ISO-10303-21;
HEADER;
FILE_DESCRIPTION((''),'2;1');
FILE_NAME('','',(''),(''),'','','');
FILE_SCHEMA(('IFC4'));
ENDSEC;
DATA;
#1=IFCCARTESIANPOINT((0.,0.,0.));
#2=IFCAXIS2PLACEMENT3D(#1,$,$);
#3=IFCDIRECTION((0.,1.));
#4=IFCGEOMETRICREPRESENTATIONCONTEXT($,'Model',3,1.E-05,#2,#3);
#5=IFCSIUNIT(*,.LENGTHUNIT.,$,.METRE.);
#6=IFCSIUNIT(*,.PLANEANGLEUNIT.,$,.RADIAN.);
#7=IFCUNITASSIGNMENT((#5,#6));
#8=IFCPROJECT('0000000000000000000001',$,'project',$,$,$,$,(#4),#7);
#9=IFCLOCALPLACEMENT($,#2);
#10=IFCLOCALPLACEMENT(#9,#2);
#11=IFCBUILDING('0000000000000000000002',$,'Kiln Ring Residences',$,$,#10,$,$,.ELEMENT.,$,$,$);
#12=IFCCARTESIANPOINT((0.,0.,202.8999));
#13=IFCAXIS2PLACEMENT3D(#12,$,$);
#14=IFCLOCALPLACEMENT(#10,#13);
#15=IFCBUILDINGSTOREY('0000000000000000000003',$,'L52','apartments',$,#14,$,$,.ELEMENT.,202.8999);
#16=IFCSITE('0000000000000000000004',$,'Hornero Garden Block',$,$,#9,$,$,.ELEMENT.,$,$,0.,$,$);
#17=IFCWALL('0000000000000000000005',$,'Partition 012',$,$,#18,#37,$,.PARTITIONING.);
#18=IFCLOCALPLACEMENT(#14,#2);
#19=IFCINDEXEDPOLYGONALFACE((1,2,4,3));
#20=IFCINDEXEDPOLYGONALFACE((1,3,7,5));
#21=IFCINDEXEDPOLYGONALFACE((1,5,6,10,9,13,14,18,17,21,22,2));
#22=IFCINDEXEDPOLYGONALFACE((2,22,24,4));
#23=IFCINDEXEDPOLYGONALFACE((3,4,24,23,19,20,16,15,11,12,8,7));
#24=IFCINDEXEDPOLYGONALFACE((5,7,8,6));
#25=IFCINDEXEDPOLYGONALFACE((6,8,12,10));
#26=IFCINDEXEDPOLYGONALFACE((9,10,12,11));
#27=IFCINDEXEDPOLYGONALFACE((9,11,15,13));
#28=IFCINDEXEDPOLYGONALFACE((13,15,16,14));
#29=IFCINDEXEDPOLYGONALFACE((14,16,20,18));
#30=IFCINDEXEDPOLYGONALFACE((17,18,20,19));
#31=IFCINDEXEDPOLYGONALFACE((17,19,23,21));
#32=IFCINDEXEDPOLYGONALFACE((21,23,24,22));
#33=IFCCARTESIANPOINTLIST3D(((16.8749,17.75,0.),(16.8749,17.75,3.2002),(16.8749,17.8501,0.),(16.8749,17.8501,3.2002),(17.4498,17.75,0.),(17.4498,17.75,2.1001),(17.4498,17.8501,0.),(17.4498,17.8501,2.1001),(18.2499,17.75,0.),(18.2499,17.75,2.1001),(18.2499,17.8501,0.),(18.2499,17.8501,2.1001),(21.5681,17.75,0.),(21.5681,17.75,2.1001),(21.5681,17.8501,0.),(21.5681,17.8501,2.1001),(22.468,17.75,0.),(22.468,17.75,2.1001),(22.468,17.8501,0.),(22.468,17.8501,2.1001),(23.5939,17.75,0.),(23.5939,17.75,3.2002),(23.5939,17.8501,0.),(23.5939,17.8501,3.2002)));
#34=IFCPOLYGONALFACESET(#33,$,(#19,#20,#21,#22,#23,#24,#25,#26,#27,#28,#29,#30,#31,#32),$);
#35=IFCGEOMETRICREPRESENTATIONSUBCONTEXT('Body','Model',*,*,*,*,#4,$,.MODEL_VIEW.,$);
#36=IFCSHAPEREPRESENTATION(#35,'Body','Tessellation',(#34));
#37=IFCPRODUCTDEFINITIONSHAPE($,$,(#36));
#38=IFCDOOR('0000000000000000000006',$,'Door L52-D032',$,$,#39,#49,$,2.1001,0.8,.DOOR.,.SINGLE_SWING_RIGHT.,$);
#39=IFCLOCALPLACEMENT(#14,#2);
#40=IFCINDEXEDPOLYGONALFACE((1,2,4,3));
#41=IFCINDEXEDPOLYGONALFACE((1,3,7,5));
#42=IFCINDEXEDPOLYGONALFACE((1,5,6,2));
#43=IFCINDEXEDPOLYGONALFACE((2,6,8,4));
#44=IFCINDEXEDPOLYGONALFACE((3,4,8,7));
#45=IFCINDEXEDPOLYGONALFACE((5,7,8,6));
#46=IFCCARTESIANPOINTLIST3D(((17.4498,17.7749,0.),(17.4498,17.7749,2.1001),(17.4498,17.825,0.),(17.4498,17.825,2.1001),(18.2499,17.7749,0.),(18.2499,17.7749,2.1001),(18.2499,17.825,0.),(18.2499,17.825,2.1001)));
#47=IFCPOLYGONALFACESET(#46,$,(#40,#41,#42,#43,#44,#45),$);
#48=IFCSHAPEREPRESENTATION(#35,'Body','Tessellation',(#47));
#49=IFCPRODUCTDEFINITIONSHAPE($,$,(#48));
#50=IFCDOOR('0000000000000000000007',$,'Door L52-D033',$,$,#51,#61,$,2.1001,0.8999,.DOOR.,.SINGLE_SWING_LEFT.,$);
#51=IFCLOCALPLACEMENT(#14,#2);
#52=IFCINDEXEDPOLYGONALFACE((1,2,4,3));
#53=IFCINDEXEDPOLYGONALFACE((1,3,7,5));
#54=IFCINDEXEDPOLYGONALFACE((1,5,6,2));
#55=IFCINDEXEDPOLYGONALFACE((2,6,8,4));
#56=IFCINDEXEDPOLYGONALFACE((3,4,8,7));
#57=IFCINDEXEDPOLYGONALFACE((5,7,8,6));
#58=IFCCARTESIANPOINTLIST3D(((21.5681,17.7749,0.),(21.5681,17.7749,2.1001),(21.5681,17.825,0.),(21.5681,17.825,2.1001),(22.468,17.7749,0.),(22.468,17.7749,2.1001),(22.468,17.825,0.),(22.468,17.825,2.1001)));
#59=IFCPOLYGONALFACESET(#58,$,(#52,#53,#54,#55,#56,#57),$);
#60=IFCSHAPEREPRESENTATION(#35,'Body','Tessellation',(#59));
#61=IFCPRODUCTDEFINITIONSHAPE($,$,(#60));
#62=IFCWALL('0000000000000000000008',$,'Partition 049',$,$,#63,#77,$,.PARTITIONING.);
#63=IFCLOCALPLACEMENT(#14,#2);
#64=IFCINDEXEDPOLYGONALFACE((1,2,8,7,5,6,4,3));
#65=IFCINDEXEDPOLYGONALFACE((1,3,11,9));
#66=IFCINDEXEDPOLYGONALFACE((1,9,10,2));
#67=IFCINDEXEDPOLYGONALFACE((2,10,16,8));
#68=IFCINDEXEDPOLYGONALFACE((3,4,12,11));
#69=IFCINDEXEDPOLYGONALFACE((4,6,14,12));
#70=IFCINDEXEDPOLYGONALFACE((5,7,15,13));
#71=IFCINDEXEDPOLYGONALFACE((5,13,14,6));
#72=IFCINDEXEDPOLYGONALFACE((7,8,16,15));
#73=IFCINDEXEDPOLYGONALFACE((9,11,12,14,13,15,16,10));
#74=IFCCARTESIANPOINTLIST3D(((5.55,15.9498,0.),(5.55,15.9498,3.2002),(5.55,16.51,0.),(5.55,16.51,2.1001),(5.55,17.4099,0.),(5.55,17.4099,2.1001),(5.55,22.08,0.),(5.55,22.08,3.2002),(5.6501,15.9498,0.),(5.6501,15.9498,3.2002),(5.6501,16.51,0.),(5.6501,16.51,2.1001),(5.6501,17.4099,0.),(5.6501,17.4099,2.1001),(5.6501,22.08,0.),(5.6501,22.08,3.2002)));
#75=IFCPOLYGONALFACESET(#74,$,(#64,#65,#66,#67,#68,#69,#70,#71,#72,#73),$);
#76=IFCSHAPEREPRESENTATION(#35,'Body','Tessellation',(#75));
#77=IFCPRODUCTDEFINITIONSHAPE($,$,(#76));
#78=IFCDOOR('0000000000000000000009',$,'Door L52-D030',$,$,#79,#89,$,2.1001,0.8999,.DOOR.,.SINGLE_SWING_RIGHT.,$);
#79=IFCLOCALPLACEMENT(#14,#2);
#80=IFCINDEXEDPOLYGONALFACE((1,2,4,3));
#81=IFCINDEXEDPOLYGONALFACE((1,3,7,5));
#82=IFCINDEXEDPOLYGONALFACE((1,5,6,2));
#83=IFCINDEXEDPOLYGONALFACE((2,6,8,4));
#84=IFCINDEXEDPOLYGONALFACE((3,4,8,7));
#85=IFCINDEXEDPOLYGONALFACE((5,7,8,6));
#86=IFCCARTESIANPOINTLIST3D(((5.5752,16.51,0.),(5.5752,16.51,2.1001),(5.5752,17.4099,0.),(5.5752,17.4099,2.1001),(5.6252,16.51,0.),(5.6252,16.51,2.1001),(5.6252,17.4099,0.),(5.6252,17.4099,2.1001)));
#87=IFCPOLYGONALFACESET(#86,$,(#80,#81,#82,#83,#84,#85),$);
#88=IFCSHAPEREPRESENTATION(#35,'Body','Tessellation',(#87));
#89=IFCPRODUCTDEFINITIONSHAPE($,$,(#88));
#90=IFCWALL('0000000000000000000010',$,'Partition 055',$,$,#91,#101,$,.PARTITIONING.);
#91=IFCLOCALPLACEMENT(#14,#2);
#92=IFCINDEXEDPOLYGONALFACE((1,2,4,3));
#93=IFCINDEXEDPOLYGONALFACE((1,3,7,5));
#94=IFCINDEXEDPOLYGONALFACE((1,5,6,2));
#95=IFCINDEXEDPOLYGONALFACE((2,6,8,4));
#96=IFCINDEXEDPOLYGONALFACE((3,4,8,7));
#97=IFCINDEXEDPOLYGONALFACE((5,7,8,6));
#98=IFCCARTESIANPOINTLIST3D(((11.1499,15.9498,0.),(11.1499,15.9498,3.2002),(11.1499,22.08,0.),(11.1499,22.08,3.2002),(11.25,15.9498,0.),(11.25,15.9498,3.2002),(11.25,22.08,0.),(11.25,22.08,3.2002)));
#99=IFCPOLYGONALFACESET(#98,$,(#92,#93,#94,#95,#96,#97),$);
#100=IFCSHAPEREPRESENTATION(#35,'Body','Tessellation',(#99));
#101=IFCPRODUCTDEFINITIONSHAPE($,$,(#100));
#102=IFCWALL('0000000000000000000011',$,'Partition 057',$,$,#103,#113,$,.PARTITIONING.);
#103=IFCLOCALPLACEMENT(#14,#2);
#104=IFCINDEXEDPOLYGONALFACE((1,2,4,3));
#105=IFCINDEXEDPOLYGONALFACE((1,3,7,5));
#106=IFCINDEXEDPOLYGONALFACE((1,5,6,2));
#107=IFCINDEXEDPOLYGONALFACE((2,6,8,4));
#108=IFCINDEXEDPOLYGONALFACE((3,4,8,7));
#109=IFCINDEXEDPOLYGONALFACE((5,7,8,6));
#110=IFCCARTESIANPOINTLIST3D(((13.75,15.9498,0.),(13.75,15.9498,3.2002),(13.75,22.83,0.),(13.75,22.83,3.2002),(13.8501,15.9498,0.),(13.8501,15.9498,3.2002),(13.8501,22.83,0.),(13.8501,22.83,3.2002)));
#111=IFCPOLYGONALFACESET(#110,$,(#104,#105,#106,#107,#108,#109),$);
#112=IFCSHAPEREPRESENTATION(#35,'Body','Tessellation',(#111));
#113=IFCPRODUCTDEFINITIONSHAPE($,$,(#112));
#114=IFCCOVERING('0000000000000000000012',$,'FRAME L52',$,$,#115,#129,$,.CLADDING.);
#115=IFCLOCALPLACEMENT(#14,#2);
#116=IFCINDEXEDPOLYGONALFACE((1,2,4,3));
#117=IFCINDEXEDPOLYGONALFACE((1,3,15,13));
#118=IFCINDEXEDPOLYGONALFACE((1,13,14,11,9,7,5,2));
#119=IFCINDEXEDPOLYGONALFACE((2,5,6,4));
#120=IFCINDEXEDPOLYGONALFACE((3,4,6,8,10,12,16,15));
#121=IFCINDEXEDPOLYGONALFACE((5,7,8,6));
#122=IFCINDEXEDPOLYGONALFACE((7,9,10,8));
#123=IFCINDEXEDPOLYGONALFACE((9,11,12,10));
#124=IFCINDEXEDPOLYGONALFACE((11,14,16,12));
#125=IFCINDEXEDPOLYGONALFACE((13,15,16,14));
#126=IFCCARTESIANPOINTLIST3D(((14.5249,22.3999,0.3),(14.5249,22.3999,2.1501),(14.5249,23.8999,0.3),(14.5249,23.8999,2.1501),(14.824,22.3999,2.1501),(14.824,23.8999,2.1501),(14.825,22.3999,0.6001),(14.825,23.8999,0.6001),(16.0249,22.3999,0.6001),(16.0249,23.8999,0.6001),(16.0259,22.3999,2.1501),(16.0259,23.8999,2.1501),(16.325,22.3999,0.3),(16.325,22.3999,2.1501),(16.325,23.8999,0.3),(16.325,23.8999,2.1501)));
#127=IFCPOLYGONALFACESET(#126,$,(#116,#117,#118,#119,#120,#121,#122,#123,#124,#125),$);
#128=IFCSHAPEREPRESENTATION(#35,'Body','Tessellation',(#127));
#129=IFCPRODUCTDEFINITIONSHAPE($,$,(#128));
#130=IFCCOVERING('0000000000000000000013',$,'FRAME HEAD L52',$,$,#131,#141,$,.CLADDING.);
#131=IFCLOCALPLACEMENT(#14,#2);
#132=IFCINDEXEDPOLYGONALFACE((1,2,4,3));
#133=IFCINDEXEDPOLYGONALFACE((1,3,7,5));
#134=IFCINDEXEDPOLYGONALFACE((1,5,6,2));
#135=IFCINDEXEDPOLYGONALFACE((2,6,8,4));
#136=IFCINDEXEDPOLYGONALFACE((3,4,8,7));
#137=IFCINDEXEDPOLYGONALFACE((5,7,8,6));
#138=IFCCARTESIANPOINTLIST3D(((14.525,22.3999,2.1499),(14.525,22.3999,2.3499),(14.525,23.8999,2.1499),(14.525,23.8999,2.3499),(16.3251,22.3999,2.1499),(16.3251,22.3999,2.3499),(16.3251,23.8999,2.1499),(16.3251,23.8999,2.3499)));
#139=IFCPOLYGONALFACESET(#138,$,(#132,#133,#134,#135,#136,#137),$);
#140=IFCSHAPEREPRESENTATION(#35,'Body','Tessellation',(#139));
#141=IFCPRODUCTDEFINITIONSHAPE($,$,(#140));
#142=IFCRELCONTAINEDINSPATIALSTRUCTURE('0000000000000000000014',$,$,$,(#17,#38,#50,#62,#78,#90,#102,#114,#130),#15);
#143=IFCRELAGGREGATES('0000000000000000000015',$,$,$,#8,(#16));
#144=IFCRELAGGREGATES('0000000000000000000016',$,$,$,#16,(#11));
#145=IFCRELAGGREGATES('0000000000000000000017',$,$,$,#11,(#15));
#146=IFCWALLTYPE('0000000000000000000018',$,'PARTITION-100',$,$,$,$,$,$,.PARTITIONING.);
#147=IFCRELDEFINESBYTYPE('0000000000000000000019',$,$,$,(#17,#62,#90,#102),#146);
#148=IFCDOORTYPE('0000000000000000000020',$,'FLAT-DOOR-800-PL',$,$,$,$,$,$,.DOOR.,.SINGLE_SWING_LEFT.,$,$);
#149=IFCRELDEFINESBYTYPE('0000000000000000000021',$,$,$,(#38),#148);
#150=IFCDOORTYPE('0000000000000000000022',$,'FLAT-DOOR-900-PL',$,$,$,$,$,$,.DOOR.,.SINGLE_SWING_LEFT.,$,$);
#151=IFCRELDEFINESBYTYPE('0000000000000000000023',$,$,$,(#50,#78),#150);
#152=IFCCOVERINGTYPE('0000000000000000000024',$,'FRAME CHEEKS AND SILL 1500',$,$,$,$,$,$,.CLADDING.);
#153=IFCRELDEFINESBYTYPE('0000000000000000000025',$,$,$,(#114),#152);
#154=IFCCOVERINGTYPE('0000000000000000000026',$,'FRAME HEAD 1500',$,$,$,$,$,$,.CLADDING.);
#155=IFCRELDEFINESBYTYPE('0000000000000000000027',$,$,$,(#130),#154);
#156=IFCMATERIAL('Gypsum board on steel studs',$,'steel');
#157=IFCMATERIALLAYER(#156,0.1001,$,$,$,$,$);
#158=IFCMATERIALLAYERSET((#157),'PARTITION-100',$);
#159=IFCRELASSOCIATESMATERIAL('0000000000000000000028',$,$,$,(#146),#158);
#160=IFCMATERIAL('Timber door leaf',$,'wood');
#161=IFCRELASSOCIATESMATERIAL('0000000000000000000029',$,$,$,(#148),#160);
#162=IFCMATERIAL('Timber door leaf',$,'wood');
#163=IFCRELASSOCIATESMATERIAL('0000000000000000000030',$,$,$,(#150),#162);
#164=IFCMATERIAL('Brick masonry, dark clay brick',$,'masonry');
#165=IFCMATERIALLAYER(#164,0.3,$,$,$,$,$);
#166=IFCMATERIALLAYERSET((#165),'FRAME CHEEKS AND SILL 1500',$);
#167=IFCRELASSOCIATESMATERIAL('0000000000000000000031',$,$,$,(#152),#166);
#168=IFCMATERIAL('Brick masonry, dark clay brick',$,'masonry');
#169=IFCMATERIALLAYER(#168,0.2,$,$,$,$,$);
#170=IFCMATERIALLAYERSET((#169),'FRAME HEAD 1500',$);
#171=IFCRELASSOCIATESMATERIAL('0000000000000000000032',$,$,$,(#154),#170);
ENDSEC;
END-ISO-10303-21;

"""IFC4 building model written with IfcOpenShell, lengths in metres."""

from ifc_helpers import new_model, si_unit, direction, frame, frame_2d, origin, origin_2d, place, context, subcontext, project, spatial, polyline, rectangle, outline, extrude, material, layer, layer_set, type_object, element, fill, save


model = new_model("IFC4")

# Units and contexts
model_context = context("Model", 3, precision=1e-05, world=origin(), true_north=direction((0.0, 1.0)))
body_context = subcontext(model_context, "Body", "Model", "MODEL_VIEW")
ifc_project = project(units=[si_unit("LENGTHUNIT", "METRE"), si_unit("PLANEANGLEUNIT", "RADIAN")], contexts=[model_context])

# Site, building, storey
site_placement = place(None, origin())
site = spatial("IfcSite", under=ifc_project, at=site_placement, Name="Hornero Garden Block", CompositionType="ELEMENT", RefElevation=0.0)
building_placement = place(site_placement, origin())
building = spatial("IfcBuilding", under=site, at=building_placement, Name="Kiln Ring Residences", CompositionType="ELEMENT")
storey_placement = place(building_placement, frame((0.0, 0.0, 202.8999)))
storey = spatial("IfcBuildingStorey", under=building, at=storey_placement, Name="L52", Description="apartments", CompositionType="ELEMENT", Elevation=202.8999)

# Wall, openings, doors
ifc_material_1 = material(Name="Gypsum board on steel studs", Category="steel")
ifc_layer_1 = layer(ifc_material_1, 0.1001)
ifc_layer_set_1 = layer_set([ifc_layer_1], Name="PARTITION-100")
wall_type_1 = type_object("IfcWallType", Name="PARTITION-100", PredefinedType="PARTITIONING", material=ifc_layer_set_1)
wall_1_placement = place(storey_placement, frame((16.875, 17.8, 0.0), z_axis=(0.0, 0.0, 1.0), x_axis=(1.0, 0.0, 0.0)))
wall_1 = element("IfcWall", 1, at=wall_1_placement, inside=storey, type_object=wall_type_1, Name="Partition 012", PredefinedType="PARTITIONING", context=body_context, shape_type="SweptSolid", body=[
    extrude(rectangle(XDim=6.719, YDim=0.1001, at=frame_2d((3.3594, 0.0))), origin(), (0.0, 0.0, 1.0), 3.2002),
])
opening_1_placement = place(wall_1_placement, frame((0.575, 0.0, 0.0)))
opening_1 = element("IfcOpeningElement", 2, at=opening_1_placement, cuts=wall_1, PredefinedType="OPENING", context=body_context, shape_type="SweptSolid", body=[
    extrude(rectangle(XDim=0.8, YDim=2.1001, at=frame_2d((0.3999, 1.05))), frame((0.0, 0.0601, 0.0), z_axis=(0.0, -1.0, 0.0), x_axis=(1.0, 0.0, 0.0)), (0.0, 0.0, 1.0), 0.1201),
])
opening_2_placement = place(wall_1_placement, frame((4.6931, 0.0, 0.0)))
opening_2 = element("IfcOpeningElement", 3, at=opening_2_placement, cuts=wall_1, PredefinedType="OPENING", context=body_context, shape_type="SweptSolid", body=[
    extrude(rectangle(XDim=0.8999, YDim=2.1001, at=frame_2d((0.45, 1.05))), frame((0.0, 0.0601, 0.0), z_axis=(0.0, -1.0, 0.0), x_axis=(1.0, 0.0, 0.0)), (0.0, 0.0, 1.0), 0.1201),
])
ifc_material_2 = material(Name="Timber door leaf", Category="wood")
door_type_1 = type_object("IfcDoorType", Name="FLAT-DOOR-800-PL", OperationType="SINGLE_SWING_LEFT", PredefinedType="DOOR", material=ifc_material_2)
door_1_placement = place(opening_1_placement, origin())
door_1 = element("IfcDoor", 4, at=door_1_placement, inside=storey, type_object=door_type_1, Name="Door L52-D032", OperationType="SINGLE_SWING_RIGHT", OverallHeight=2.1001, OverallWidth=0.8, PredefinedType="DOOR", context=body_context, shape_type="SweptSolid", body=[
    extrude(rectangle(XDim=0.8, YDim=2.1001, at=frame_2d((0.3999, 1.05))), frame((0.0, 0.0249, 0.0), z_axis=(0.0, -1.0, 0.0), x_axis=(1.0, 0.0, 0.0)), (0.0, 0.0, 1.0), 0.05),
])
fill(opening_1, door_1)
ifc_material_3 = material(Name="Timber door leaf", Category="wood")
door_type_2 = type_object("IfcDoorType", Name="FLAT-DOOR-900-PL", OperationType="SINGLE_SWING_LEFT", PredefinedType="DOOR", material=ifc_material_3)
door_2_placement = place(opening_2_placement, origin())
door_2 = element("IfcDoor", 5, at=door_2_placement, inside=storey, type_object=door_type_2, Name="Door L52-D033", OperationType="SINGLE_SWING_LEFT", OverallHeight=2.1001, OverallWidth=0.8999, PredefinedType="DOOR", context=body_context, shape_type="SweptSolid", body=[
    extrude(rectangle(XDim=0.8999, YDim=2.1001, at=frame_2d((0.45, 1.05))), frame((0.0, 0.0249, 0.0), z_axis=(0.0, -1.0, 0.0), x_axis=(1.0, 0.0, 0.0)), (0.0, 0.0, 1.0), 0.05),
])
fill(opening_2, door_2)

# Wall, opening, door
wall_2_placement = place(storey_placement, frame((5.6001, 15.95, 0.0), z_axis=(0.0, 0.0, 1.0), x_axis=(0.0, 1.0, 0.0)))
wall_2 = element("IfcWall", 6, at=wall_2_placement, inside=storey, type_object=wall_type_1, Name="Partition 049", PredefinedType="PARTITIONING", context=body_context, shape_type="SweptSolid", body=[
    extrude(rectangle(XDim=6.1301, YDim=0.1001, at=frame_2d((3.0649, 0.0))), origin(), (0.0, 0.0, 1.0), 3.2002),
])
opening_3_placement = place(wall_2_placement, frame((0.5601, 0.0, 0.0)))
opening_3 = element("IfcOpeningElement", 7, at=opening_3_placement, cuts=wall_2, PredefinedType="OPENING", context=body_context, shape_type="SweptSolid", body=[
    extrude(rectangle(XDim=0.8999, YDim=2.1001, at=frame_2d((0.45, 1.05))), frame((0.0, 0.0601, 0.0), z_axis=(0.0, -1.0, 0.0), x_axis=(1.0, 0.0, 0.0)), (0.0, 0.0, 1.0), 0.1201),
])
door_3_placement = place(opening_3_placement, origin())
door_3 = element("IfcDoor", 8, at=door_3_placement, inside=storey, type_object=door_type_2, Name="Door L52-D030", OperationType="SINGLE_SWING_RIGHT", OverallHeight=2.1001, OverallWidth=0.8999, PredefinedType="DOOR", context=body_context, shape_type="SweptSolid", body=[
    extrude(rectangle(XDim=0.8999, YDim=2.1001, at=frame_2d((0.45, 1.05))), frame((0.0, 0.0249, 0.0), z_axis=(0.0, -1.0, 0.0), x_axis=(1.0, 0.0, 0.0)), (0.0, 0.0, 1.0), 0.05),
])
fill(opening_3, door_3)

# Walls
wall_3_placement = place(storey_placement, frame((11.2, 15.95, 0.0), z_axis=(0.0, 0.0, 1.0), x_axis=(0.0, 1.0, 0.0)))
element("IfcWall", 9, at=wall_3_placement, inside=storey, type_object=wall_type_1, Name="Partition 055", PredefinedType="PARTITIONING", context=body_context, shape_type="SweptSolid", body=[
    extrude(rectangle(XDim=6.1301, YDim=0.1001, at=frame_2d((3.0649, 0.0))), origin(), (0.0, 0.0, 1.0), 3.2002),
])
wall_4_placement = place(storey_placement, frame((13.8, 15.95, 0.0), z_axis=(0.0, 0.0, 1.0), x_axis=(0.0, 1.0, 0.0)))
element("IfcWall", 10, at=wall_4_placement, inside=storey, type_object=wall_type_1, Name="Partition 057", PredefinedType="PARTITIONING", context=body_context, shape_type="SweptSolid", body=[
    extrude(rectangle(XDim=6.8801, YDim=0.1001, at=frame_2d((3.4399, 0.0))), origin(), (0.0, 0.0, 1.0), 3.2002),
])

# Coverings
ifc_material_4 = material(Name="Brick masonry, dark clay brick", Category="masonry")
ifc_layer_2 = layer(ifc_material_4, 0.3)
ifc_layer_set_2 = layer_set([ifc_layer_2], Name="FRAME CHEEKS AND SILL 1500")
covering_type_1 = type_object("IfcCoveringType", Name="FRAME CHEEKS AND SILL 1500", PredefinedType="CLADDING", material=ifc_layer_set_2)
covering_1_placement = place(storey_placement, frame((16.325, 23.1499, 0.3), z_axis=(0.0, 0.0, 1.0), x_axis=(-1.0, 0.0, 0.0)))
element("IfcCovering", 11, at=covering_1_placement, inside=storey, type_object=covering_type_1, Name="FRAME L52", PredefinedType="CLADDING", context=body_context, shape_type="SweptSolid", body=[
    extrude(outline(polyline([(0.0, 0.0), (1.8, 0.0), (1.8, 1.8501), (1.501, 1.8501), (1.5, 0.3), (0.3, 0.3), (0.2991, 1.8501), (0.0, 1.8501), (0.0, 0.0)])), frame((0.0, 0.75, 0.0), z_axis=(0.0, -1.0, 0.0), x_axis=(1.0, 0.0, 0.0)), (0.0, 0.0, 1.0), 1.5),
])
ifc_material_5 = material(Name="Brick masonry, dark clay brick", Category="masonry")
ifc_layer_3 = layer(ifc_material_5, 0.2)
ifc_layer_set_3 = layer_set([ifc_layer_3], Name="FRAME HEAD 1500")
covering_type_2 = type_object("IfcCoveringType", Name="FRAME HEAD 1500", PredefinedType="CLADDING", material=ifc_layer_set_3)
covering_2_placement = place(storey_placement, frame((15.425, 23.1499, 2.1499), z_axis=(0.0, 0.0, 1.0), x_axis=(-1.0, 0.0, 0.0)))
element("IfcCovering", 12, at=covering_2_placement, inside=storey, type_object=covering_type_2, Name="FRAME HEAD L52", PredefinedType="CLADDING", context=body_context, shape_type="SweptSolid", body=[
    extrude(rectangle(XDim=1.8, YDim=1.5, at=origin_2d()), origin(), (0.0, 0.0, 1.0), 0.2),
])

save(model, "model.ifc")
